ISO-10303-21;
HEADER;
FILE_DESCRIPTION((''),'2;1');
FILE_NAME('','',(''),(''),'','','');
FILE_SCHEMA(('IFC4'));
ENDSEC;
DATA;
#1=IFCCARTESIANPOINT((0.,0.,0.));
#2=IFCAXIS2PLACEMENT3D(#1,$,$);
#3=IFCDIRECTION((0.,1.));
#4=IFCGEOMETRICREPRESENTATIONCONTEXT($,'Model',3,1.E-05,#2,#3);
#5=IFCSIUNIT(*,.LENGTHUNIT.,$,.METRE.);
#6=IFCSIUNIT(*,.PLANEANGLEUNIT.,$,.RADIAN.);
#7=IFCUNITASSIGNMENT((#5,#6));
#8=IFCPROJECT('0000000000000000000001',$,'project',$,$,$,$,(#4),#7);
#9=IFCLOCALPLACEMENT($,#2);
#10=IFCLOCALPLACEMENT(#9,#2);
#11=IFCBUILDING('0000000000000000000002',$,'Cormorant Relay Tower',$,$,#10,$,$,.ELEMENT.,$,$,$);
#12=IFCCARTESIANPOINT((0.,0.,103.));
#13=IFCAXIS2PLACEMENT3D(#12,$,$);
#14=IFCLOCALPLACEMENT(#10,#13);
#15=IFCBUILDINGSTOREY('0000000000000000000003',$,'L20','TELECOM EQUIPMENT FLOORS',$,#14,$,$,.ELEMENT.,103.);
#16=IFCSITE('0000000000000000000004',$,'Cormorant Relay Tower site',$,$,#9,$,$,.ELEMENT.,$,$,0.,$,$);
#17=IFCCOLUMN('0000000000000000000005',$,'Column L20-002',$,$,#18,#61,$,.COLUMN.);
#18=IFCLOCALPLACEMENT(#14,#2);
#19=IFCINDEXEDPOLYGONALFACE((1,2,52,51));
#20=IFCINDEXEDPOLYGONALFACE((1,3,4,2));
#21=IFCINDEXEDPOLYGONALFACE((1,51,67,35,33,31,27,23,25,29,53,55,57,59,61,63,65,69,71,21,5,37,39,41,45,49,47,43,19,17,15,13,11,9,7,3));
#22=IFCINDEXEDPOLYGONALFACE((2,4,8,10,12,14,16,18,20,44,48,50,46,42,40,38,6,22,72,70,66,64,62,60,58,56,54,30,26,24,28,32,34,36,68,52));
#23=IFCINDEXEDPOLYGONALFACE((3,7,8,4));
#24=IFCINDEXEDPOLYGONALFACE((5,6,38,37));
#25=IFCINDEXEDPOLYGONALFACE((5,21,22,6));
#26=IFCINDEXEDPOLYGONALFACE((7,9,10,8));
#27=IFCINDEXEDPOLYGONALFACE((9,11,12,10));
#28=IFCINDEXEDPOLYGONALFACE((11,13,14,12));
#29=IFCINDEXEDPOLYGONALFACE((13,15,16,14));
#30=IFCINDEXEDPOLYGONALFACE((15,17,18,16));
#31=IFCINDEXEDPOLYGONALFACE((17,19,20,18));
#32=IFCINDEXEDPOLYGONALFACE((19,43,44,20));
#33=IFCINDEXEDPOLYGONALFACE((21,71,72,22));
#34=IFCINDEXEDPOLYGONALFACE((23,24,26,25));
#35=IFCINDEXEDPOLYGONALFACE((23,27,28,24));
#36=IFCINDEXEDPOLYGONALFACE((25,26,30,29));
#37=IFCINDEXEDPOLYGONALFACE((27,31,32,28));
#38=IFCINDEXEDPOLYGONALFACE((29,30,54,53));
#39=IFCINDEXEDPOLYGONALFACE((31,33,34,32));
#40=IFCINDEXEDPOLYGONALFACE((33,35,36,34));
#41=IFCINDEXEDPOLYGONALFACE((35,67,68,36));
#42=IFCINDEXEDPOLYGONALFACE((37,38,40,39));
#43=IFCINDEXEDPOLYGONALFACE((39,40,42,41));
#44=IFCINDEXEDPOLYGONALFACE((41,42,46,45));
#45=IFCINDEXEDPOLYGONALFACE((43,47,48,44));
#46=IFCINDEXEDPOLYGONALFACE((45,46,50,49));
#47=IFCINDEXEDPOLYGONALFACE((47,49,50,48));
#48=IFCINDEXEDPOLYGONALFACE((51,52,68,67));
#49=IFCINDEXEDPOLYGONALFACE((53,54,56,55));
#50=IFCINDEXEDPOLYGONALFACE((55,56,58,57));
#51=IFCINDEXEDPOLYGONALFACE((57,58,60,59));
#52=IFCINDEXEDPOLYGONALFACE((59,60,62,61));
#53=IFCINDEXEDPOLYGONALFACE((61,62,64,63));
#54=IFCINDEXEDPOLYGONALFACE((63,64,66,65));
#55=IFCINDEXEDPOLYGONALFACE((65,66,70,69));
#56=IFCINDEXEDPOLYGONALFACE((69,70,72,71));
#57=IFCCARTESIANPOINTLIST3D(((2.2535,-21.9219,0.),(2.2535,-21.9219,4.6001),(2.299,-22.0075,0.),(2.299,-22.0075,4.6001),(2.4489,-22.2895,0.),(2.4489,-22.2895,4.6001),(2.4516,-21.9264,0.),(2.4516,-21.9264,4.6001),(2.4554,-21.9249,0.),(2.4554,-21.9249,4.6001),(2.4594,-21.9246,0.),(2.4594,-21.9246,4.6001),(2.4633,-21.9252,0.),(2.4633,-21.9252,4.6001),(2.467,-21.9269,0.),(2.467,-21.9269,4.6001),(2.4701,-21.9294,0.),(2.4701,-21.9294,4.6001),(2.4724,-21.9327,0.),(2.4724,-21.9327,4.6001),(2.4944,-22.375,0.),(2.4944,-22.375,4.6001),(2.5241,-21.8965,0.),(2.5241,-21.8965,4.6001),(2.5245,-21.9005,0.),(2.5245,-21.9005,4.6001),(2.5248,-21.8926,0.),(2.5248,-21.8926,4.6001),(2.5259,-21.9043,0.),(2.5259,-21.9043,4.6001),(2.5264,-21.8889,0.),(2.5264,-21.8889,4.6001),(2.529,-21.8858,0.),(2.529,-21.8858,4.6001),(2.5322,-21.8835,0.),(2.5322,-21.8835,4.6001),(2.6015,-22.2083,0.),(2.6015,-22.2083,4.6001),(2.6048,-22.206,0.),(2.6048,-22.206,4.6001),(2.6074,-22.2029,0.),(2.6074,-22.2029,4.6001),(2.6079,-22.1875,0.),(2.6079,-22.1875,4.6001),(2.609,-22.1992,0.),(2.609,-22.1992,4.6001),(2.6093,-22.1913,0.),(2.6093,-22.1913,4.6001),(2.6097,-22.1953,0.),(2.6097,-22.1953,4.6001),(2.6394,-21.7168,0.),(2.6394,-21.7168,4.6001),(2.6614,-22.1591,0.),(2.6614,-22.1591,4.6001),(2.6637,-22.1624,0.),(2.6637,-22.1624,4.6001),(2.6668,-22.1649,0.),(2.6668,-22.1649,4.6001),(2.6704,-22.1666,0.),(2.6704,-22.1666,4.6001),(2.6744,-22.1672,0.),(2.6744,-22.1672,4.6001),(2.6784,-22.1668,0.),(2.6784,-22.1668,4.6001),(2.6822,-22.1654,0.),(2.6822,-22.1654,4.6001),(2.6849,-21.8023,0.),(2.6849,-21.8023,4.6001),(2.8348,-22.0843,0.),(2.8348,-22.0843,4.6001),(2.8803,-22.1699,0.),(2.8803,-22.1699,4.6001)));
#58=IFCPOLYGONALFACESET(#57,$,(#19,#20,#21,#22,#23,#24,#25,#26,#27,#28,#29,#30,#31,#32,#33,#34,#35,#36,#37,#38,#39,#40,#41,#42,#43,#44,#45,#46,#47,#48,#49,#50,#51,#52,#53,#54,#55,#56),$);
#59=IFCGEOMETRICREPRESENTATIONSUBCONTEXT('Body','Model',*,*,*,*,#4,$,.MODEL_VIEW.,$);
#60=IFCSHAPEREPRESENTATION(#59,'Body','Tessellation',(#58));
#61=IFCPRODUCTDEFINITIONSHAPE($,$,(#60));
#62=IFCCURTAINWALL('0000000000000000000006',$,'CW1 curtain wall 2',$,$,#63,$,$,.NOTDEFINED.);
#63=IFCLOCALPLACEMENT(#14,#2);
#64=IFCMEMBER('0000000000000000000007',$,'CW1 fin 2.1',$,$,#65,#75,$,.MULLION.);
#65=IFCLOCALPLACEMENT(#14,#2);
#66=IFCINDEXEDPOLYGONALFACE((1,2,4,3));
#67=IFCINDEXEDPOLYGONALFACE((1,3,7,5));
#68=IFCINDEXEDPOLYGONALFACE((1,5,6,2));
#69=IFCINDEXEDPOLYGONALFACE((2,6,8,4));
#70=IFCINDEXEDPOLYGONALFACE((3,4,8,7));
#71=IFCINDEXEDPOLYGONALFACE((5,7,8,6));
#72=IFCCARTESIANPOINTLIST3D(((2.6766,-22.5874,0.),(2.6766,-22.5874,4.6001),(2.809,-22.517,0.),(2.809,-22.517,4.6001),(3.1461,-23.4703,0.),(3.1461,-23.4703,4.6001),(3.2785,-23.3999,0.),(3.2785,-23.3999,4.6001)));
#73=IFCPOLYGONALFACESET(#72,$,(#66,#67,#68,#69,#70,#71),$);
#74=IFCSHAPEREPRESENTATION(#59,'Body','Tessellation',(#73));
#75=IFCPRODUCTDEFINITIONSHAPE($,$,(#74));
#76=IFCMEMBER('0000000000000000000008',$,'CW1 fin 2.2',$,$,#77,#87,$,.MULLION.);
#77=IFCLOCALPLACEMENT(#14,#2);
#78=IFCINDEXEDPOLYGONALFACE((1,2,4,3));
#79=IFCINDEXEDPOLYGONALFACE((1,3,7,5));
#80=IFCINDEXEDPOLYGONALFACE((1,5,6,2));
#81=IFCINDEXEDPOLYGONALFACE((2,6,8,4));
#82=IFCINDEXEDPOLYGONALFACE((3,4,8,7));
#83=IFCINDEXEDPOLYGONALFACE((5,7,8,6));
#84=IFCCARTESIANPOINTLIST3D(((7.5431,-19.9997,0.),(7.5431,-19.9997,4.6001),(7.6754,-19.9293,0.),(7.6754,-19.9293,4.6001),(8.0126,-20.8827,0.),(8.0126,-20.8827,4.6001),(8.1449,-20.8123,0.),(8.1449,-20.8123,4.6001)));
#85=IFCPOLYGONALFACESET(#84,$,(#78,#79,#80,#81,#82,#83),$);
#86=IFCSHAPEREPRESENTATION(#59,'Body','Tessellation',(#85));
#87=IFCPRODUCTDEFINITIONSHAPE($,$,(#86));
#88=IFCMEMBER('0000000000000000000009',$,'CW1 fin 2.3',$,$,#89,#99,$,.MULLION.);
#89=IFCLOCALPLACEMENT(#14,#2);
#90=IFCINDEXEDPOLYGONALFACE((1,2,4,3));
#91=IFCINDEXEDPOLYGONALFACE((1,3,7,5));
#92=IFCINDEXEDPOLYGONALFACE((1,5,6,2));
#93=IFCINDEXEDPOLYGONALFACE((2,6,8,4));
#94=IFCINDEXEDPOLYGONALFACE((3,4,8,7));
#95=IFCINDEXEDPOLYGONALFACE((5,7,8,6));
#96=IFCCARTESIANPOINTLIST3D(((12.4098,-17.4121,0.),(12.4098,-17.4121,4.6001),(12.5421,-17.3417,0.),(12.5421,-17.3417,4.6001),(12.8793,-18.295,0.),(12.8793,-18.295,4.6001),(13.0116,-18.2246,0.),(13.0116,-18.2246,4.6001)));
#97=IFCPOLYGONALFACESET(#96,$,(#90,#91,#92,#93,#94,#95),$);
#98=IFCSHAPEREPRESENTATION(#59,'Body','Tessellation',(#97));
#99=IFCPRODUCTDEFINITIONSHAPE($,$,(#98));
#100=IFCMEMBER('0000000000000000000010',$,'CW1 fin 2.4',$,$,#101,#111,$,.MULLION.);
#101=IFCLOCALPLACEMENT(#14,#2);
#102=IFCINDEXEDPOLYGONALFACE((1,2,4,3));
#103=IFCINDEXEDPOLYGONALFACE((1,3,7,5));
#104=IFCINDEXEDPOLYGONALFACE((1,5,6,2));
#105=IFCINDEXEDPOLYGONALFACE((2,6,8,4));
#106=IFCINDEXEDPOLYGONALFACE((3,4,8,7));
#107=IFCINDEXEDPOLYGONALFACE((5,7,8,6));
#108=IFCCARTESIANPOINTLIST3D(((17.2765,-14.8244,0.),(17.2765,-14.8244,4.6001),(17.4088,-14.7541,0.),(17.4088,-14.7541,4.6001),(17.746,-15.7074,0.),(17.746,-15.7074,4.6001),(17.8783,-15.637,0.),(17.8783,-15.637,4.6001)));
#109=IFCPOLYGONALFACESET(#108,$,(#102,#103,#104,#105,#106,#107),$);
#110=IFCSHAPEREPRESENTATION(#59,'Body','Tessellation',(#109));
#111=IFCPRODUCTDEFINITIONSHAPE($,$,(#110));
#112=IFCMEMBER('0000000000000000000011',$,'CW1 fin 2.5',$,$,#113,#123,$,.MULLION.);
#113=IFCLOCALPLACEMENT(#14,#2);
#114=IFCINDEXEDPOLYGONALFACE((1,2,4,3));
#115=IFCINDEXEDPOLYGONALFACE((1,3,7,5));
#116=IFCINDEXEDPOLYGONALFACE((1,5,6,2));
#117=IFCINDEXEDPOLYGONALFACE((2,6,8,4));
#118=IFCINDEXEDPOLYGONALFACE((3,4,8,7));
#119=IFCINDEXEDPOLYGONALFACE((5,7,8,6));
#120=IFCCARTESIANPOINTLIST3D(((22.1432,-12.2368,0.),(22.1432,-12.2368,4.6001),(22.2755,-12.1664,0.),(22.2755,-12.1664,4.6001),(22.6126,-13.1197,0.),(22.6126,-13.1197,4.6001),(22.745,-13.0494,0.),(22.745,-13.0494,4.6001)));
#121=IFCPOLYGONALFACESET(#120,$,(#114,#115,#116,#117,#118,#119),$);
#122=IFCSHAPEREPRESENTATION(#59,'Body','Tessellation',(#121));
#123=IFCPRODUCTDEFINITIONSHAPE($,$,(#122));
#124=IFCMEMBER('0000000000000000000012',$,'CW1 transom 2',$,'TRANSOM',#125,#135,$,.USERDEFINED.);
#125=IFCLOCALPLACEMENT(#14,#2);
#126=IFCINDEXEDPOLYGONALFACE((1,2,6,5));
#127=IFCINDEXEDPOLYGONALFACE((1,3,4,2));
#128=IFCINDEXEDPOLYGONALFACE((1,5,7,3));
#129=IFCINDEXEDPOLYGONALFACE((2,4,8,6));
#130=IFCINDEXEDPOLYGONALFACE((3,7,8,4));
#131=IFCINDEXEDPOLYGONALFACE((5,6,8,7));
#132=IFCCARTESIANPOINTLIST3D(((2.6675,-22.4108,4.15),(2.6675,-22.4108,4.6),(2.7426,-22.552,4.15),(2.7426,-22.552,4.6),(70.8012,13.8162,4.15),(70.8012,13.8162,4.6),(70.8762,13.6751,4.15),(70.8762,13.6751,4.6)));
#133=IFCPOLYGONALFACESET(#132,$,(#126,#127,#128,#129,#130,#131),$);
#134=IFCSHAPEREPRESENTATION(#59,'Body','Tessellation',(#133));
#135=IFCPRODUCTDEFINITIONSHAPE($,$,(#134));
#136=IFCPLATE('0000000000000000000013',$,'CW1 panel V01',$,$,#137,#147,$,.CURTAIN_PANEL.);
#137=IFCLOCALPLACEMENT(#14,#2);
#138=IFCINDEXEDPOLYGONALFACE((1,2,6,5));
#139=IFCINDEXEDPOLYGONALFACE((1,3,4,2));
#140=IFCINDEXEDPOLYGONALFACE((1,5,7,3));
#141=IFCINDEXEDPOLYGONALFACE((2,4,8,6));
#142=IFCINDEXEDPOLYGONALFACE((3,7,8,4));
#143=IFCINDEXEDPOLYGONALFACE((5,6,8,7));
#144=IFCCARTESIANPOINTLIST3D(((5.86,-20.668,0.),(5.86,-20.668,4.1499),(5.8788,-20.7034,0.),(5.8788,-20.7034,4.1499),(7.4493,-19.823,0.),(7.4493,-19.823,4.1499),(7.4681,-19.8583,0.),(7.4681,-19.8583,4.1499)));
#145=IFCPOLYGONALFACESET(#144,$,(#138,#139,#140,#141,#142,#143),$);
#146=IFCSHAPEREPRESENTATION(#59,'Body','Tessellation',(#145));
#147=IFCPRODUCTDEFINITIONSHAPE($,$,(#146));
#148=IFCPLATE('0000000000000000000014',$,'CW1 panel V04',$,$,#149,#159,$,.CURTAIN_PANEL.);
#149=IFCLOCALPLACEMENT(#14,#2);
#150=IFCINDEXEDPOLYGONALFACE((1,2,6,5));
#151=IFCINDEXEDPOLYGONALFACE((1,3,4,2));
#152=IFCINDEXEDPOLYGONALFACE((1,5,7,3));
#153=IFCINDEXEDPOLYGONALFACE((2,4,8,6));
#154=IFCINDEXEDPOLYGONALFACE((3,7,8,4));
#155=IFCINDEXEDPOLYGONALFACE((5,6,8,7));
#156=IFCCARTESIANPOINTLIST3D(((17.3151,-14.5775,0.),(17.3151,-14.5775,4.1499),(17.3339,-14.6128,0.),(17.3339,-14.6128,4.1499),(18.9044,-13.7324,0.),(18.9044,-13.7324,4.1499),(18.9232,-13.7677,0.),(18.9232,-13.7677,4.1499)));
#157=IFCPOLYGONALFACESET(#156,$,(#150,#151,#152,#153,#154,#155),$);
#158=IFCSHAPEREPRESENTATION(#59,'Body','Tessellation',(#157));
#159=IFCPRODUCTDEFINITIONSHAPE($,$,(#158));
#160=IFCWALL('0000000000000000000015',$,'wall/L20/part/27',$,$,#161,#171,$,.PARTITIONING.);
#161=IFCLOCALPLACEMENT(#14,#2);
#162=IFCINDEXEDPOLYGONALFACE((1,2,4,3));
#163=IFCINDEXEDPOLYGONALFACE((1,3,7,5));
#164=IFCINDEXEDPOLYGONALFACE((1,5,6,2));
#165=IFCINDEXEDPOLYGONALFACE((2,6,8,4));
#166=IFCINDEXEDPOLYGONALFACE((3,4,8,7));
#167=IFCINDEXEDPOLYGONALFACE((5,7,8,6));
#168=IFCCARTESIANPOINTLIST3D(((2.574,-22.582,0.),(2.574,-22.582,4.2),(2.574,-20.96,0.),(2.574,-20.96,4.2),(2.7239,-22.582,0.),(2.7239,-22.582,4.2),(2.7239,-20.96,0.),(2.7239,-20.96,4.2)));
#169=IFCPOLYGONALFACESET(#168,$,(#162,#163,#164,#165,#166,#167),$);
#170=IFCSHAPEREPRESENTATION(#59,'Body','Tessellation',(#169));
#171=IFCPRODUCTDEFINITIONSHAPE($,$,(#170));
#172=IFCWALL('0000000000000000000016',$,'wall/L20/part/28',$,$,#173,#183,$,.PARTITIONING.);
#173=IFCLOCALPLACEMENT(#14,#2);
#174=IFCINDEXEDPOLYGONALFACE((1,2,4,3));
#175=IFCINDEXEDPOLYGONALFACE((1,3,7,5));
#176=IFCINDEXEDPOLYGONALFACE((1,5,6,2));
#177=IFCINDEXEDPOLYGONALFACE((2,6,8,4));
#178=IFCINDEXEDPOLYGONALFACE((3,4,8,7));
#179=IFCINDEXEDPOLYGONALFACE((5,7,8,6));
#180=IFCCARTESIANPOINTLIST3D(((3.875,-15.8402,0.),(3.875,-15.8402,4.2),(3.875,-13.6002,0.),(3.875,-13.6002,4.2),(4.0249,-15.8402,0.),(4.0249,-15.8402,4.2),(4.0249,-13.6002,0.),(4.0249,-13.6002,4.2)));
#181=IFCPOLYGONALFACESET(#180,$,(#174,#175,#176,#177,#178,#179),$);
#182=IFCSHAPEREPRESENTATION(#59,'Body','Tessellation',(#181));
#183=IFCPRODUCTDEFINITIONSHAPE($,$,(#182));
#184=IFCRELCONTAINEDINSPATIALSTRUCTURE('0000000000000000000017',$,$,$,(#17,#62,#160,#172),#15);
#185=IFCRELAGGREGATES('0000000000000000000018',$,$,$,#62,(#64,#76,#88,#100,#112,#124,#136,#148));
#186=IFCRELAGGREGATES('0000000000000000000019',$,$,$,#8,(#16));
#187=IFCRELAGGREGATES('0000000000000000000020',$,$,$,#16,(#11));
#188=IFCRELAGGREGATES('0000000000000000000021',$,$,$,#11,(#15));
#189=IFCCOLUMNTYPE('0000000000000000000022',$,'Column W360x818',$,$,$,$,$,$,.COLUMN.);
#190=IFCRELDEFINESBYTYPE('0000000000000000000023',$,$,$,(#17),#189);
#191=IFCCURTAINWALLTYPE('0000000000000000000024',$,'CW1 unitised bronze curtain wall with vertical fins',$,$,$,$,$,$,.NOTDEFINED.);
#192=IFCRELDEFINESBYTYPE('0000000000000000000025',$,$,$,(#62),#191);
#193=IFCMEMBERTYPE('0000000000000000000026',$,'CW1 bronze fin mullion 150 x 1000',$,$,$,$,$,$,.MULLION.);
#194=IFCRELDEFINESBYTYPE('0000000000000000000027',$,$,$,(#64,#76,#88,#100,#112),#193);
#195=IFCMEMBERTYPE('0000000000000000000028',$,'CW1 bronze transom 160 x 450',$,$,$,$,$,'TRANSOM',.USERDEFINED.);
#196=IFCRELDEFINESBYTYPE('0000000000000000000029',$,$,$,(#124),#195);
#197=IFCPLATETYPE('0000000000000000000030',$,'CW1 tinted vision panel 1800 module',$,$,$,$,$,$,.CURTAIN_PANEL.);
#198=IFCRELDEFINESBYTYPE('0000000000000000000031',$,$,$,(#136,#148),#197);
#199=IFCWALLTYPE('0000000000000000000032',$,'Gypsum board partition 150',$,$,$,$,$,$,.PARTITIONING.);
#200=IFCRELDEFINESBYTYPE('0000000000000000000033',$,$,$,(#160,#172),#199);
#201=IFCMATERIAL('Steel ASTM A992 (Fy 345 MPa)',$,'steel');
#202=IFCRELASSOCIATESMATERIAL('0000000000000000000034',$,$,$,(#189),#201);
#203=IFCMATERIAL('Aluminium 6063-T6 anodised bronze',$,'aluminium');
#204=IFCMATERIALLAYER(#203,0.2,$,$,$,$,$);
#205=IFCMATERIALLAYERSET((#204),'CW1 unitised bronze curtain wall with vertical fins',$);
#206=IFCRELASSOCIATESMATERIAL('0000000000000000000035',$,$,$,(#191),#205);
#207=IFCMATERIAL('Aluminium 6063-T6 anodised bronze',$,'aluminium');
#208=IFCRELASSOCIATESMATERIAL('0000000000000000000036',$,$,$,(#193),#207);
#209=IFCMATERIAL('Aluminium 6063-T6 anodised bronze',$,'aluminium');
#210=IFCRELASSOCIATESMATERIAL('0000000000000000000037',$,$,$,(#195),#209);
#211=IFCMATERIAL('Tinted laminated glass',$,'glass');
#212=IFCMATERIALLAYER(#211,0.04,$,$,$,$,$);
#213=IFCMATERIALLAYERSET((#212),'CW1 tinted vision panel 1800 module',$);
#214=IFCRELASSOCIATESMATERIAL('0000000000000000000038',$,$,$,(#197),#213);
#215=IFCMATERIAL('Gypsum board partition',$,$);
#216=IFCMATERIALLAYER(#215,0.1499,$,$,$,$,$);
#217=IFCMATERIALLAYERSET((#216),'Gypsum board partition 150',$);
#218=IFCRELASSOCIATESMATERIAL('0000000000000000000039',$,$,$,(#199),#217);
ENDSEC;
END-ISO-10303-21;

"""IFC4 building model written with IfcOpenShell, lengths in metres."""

from ifc_helpers import new_model, si_unit, direction, frame, frame_2d, origin, origin_2d, place, context, subcontext, project, spatial, rectangle, i_section, extrude, material, layer, layer_set, material_profile, profile_set, type_object, element, aggregate, save


model = new_model("IFC4")

# Units and contexts
model_context = context("Model", 3, precision=1e-05, world=origin(), true_north=direction((0.0, 1.0)))
body_context = subcontext(model_context, "Body", "Model", "MODEL_VIEW")
ifc_project = project(units=[si_unit("LENGTHUNIT", "METRE"), si_unit("PLANEANGLEUNIT", "RADIAN")], contexts=[model_context])

# Site, building, storey
site_placement = place(None, origin())
site = spatial("IfcSite", under=ifc_project, at=site_placement, Name="Cormorant Relay Tower site", CompositionType="ELEMENT", RefElevation=0.0)
building_placement = place(site_placement, origin())
building = spatial("IfcBuilding", under=site, at=building_placement, Name="Cormorant Relay Tower", CompositionType="ELEMENT")
storey_placement = place(building_placement, frame((0.0, 0.0, 103.0)))
storey = spatial("IfcBuildingStorey", under=building, at=storey_placement, Name="L20", Description="TELECOM EQUIPMENT FLOORS", CompositionType="ELEMENT", Elevation=103.0)

# Column
ifc_material_1 = material(Name="Steel ASTM A992 (Fy 345 MPa)", Category="steel")
ifc_material_profile_1 = material_profile(ifc_material_1, i_section(OverallWidth=0.437, OverallDepth=0.5132, WebThickness=0.0605, FlangeThickness=0.0969, FilletRadius=0.0154, at=origin_2d()), Name="W360x818")
ifc_profile_set_1 = profile_set([ifc_material_profile_1], Name="Steel ASTM A992 (Fy 345 MPa)")
column_type_1 = type_object("IfcColumnType", Name="Column W360x818", PredefinedType="COLUMN", material=ifc_profile_set_1)
column_1_placement = place(storey_placement, frame((2.5669, -22.0459, 0.0), z_axis=(0.0, 0.0, 1.0), x_axis=(0.882948, 0.469472, 0.0)))
element("IfcColumn", 1, at=column_1_placement, inside=storey, type_object=column_type_1, Name="Column L20-002", PredefinedType="COLUMN", context=body_context, shape_type="SweptSolid", body=[
    extrude(i_section(OverallWidth=0.437, OverallDepth=0.5132, WebThickness=0.0605, FlangeThickness=0.0969, FilletRadius=0.0154, at=origin_2d()), origin(), (0.0, 0.0, 1.0), 4.6001),
])

# Curtain wall, members, plates
ifc_material_2 = material(Name="Aluminium 6063-T6 anodised bronze", Category="aluminium")
ifc_layer_1 = layer(ifc_material_2, 0.2)
ifc_layer_set_1 = layer_set([ifc_layer_1], Name="CW1 unitised bronze curtain wall with vertical fins")
curtain_wall_type = type_object("IfcCurtainWallType", Name="CW1 unitised bronze curtain wall with vertical fins", PredefinedType="NOTDEFINED", material=ifc_layer_set_1)
curtain_wall_1_placement = place(storey_placement, origin())
curtain_wall_1 = element("IfcCurtainWall", 2, at=curtain_wall_1_placement, inside=storey, type_object=curtain_wall_type, Name="CW1 curtain wall 2", PredefinedType="NOTDEFINED")
ifc_material_3 = material(Name="Aluminium 6063-T6 anodised bronze", Category="aluminium")
ifc_material_profile_2 = material_profile(ifc_material_3, rectangle(XDim=0.1499, YDim=1.0, at=origin_2d()), Name="AL 150x1000")
ifc_profile_set_2 = profile_set([ifc_material_profile_2], Name="Aluminium 6063-T6 anodised bronze")
member_type_1 = type_object("IfcMemberType", Name="CW1 bronze fin mullion 150 x 1000", PredefinedType="MULLION", material=ifc_profile_set_2)
member_1_placement = place(storey_placement, frame((2.9775, -22.9937, 0.0), z_axis=(0.0, 0.0, 1.0), x_axis=(0.882948, 0.469472, 0.0)))
member_1 = element("IfcMember", 3, at=member_1_placement, type_object=member_type_1, Name="CW1 fin 2.1", PredefinedType="MULLION", context=body_context, shape_type="SweptSolid", body=[
    extrude(rectangle(XDim=0.1499, YDim=1.0, at=origin_2d()), origin(), (0.0, 0.0, 1.0), 4.6001),
])
member_2_placement = place(storey_placement, frame((7.844, -20.406, 0.0), z_axis=(0.0, 0.0, 1.0), x_axis=(0.882948, 0.469472, 0.0)))
member_2 = element("IfcMember", 4, at=member_2_placement, type_object=member_type_1, Name="CW1 fin 2.2", PredefinedType="MULLION", context=body_context, shape_type="SweptSolid", body=[
    extrude(rectangle(XDim=0.1499, YDim=1.0, at=origin_2d()), origin(), (0.0, 0.0, 1.0), 4.6001),
])
member_3_placement = place(storey_placement, frame((12.7107, -17.8184, 0.0), z_axis=(0.0, 0.0, 1.0), x_axis=(0.882948, 0.469472, 0.0)))
member_3 = element("IfcMember", 5, at=member_3_placement, type_object=member_type_1, Name="CW1 fin 2.3", PredefinedType="MULLION", context=body_context, shape_type="SweptSolid", body=[
    extrude(rectangle(XDim=0.1499, YDim=1.0, at=origin_2d()), origin(), (0.0, 0.0, 1.0), 4.6001),
])
member_4_placement = place(storey_placement, frame((17.5774, -15.2307, 0.0), z_axis=(0.0, 0.0, 1.0), x_axis=(0.882948, 0.469472, 0.0)))
member_4 = element("IfcMember", 6, at=member_4_placement, type_object=member_type_1, Name="CW1 fin 2.4", PredefinedType="MULLION", context=body_context, shape_type="SweptSolid", body=[
    extrude(rectangle(XDim=0.1499, YDim=1.0, at=origin_2d()), origin(), (0.0, 0.0, 1.0), 4.6001),
])
member_5_placement = place(storey_placement, frame((22.4441, -12.6431, 0.0), z_axis=(0.0, 0.0, 1.0), x_axis=(0.882948, 0.469472, 0.0)))
member_5 = element("IfcMember", 7, at=member_5_placement, type_object=member_type_1, Name="CW1 fin 2.5", PredefinedType="MULLION", context=body_context, shape_type="SweptSolid", body=[
    extrude(rectangle(XDim=0.1499, YDim=1.0, at=origin_2d()), origin(), (0.0, 0.0, 1.0), 4.6001),
])
ifc_material_4 = material(Name="Aluminium 6063-T6 anodised bronze", Category="aluminium")
ifc_material_profile_3 = material_profile(ifc_material_4, rectangle(XDim=0.1599, YDim=0.45, at=origin_2d()), Name="AL 160x450")
ifc_profile_set_3 = profile_set([ifc_material_profile_3], Name="Aluminium 6063-T6 anodised bronze")
member_type_2 = type_object("IfcMemberType", Name="CW1 bronze transom 160 x 450", ElementType="TRANSOM", PredefinedType="USERDEFINED", material=ifc_profile_set_3)
member_6_placement = place(storey_placement, frame((2.7051, -22.4814, 4.375), z_axis=(0.882949, 0.46947, 0.0), x_axis=(-0.46947, 0.882949, 0.0)))
member_6 = element("IfcMember", 8, at=member_6_placement, type_object=member_type_2, Name="CW1 transom 2", ObjectType="TRANSOM", PredefinedType="USERDEFINED", context=body_context, shape_type="SweptSolid", body=[
    extrude(rectangle(XDim=0.1599, YDim=0.45, at=origin_2d()), origin(), (0.0, 0.0, 1.0), 77.166),
])
ifc_material_5 = material(Name="Tinted laminated glass", Category="glass")
ifc_layer_2 = layer(ifc_material_5, 0.04)
ifc_layer_set_2 = layer_set([ifc_layer_2], Name="CW1 tinted vision panel 1800 module")
plate_type = type_object("IfcPlateType", Name="CW1 tinted vision panel 1800 module", PredefinedType="CURTAIN_PANEL", material=ifc_layer_set_2)
plate_1_placement = place(storey_placement, frame((6.6641, -20.2632, 0.0), z_axis=(0.0, 0.0, 1.0), x_axis=(0.882948, 0.469472, 0.0)))
plate_1 = element("IfcPlate", 9, at=plate_1_placement, type_object=plate_type, Name="CW1 panel V01", PredefinedType="CURTAIN_PANEL", context=body_context, shape_type="SweptSolid", body=[
    extrude(rectangle(XDim=1.8, YDim=0.04, at=origin_2d()), origin(), (0.0, 0.0, 1.0), 4.1499),
])
plate_2_placement = place(storey_placement, frame((18.1191, -14.1726, 0.0), z_axis=(0.0, 0.0, 1.0), x_axis=(0.882948, 0.469472, 0.0)))
plate_2 = element("IfcPlate", 10, at=plate_2_placement, type_object=plate_type, Name="CW1 panel V04", PredefinedType="CURTAIN_PANEL", context=body_context, shape_type="SweptSolid", body=[
    extrude(rectangle(XDim=1.8, YDim=0.04, at=origin_2d()), origin(), (0.0, 0.0, 1.0), 4.1499),
])

# Walls
ifc_material_6 = material(Name="Gypsum board partition")
ifc_layer_3 = layer(ifc_material_6, 0.1499)
ifc_layer_set_3 = layer_set([ifc_layer_3], Name="Gypsum board partition 150")
wall_type_1 = type_object("IfcWallType", Name="Gypsum board partition 150", PredefinedType="PARTITIONING", material=ifc_layer_set_3)
wall_1_placement = place(storey_placement, frame((2.6489, -22.582, 0.0), z_axis=(0.0, 0.0, 1.0), x_axis=(0.0, 1.0, 0.0)))
element("IfcWall", 11, at=wall_1_placement, inside=storey, type_object=wall_type_1, Name="wall/L20/part/27", PredefinedType="PARTITIONING", context=body_context, shape_type="SweptSolid", body=[
    extrude(rectangle(XDim=1.6221, YDim=0.1499, at=frame_2d((0.811, 0.0))), origin(), (0.0, 0.0, 1.0), 4.2),
])
wall_2_placement = place(storey_placement, frame((3.95, -13.6001, 0.0), z_axis=(0.0, 0.0, 1.0), x_axis=(0.0, -1.0, 0.0)))
element("IfcWall", 12, at=wall_2_placement, inside=storey, type_object=wall_type_1, Name="wall/L20/part/28", PredefinedType="PARTITIONING", context=body_context, shape_type="SweptSolid", body=[
    extrude(rectangle(XDim=2.24, YDim=0.1499, at=frame_2d((1.1201, 0.0))), origin(), (0.0, 0.0, 1.0), 4.2),
])

aggregate(curtain_wall_1, [member_1, member_2, member_3, member_4, member_5, member_6, plate_1, plate_2])

save(model, "model.ifc")
